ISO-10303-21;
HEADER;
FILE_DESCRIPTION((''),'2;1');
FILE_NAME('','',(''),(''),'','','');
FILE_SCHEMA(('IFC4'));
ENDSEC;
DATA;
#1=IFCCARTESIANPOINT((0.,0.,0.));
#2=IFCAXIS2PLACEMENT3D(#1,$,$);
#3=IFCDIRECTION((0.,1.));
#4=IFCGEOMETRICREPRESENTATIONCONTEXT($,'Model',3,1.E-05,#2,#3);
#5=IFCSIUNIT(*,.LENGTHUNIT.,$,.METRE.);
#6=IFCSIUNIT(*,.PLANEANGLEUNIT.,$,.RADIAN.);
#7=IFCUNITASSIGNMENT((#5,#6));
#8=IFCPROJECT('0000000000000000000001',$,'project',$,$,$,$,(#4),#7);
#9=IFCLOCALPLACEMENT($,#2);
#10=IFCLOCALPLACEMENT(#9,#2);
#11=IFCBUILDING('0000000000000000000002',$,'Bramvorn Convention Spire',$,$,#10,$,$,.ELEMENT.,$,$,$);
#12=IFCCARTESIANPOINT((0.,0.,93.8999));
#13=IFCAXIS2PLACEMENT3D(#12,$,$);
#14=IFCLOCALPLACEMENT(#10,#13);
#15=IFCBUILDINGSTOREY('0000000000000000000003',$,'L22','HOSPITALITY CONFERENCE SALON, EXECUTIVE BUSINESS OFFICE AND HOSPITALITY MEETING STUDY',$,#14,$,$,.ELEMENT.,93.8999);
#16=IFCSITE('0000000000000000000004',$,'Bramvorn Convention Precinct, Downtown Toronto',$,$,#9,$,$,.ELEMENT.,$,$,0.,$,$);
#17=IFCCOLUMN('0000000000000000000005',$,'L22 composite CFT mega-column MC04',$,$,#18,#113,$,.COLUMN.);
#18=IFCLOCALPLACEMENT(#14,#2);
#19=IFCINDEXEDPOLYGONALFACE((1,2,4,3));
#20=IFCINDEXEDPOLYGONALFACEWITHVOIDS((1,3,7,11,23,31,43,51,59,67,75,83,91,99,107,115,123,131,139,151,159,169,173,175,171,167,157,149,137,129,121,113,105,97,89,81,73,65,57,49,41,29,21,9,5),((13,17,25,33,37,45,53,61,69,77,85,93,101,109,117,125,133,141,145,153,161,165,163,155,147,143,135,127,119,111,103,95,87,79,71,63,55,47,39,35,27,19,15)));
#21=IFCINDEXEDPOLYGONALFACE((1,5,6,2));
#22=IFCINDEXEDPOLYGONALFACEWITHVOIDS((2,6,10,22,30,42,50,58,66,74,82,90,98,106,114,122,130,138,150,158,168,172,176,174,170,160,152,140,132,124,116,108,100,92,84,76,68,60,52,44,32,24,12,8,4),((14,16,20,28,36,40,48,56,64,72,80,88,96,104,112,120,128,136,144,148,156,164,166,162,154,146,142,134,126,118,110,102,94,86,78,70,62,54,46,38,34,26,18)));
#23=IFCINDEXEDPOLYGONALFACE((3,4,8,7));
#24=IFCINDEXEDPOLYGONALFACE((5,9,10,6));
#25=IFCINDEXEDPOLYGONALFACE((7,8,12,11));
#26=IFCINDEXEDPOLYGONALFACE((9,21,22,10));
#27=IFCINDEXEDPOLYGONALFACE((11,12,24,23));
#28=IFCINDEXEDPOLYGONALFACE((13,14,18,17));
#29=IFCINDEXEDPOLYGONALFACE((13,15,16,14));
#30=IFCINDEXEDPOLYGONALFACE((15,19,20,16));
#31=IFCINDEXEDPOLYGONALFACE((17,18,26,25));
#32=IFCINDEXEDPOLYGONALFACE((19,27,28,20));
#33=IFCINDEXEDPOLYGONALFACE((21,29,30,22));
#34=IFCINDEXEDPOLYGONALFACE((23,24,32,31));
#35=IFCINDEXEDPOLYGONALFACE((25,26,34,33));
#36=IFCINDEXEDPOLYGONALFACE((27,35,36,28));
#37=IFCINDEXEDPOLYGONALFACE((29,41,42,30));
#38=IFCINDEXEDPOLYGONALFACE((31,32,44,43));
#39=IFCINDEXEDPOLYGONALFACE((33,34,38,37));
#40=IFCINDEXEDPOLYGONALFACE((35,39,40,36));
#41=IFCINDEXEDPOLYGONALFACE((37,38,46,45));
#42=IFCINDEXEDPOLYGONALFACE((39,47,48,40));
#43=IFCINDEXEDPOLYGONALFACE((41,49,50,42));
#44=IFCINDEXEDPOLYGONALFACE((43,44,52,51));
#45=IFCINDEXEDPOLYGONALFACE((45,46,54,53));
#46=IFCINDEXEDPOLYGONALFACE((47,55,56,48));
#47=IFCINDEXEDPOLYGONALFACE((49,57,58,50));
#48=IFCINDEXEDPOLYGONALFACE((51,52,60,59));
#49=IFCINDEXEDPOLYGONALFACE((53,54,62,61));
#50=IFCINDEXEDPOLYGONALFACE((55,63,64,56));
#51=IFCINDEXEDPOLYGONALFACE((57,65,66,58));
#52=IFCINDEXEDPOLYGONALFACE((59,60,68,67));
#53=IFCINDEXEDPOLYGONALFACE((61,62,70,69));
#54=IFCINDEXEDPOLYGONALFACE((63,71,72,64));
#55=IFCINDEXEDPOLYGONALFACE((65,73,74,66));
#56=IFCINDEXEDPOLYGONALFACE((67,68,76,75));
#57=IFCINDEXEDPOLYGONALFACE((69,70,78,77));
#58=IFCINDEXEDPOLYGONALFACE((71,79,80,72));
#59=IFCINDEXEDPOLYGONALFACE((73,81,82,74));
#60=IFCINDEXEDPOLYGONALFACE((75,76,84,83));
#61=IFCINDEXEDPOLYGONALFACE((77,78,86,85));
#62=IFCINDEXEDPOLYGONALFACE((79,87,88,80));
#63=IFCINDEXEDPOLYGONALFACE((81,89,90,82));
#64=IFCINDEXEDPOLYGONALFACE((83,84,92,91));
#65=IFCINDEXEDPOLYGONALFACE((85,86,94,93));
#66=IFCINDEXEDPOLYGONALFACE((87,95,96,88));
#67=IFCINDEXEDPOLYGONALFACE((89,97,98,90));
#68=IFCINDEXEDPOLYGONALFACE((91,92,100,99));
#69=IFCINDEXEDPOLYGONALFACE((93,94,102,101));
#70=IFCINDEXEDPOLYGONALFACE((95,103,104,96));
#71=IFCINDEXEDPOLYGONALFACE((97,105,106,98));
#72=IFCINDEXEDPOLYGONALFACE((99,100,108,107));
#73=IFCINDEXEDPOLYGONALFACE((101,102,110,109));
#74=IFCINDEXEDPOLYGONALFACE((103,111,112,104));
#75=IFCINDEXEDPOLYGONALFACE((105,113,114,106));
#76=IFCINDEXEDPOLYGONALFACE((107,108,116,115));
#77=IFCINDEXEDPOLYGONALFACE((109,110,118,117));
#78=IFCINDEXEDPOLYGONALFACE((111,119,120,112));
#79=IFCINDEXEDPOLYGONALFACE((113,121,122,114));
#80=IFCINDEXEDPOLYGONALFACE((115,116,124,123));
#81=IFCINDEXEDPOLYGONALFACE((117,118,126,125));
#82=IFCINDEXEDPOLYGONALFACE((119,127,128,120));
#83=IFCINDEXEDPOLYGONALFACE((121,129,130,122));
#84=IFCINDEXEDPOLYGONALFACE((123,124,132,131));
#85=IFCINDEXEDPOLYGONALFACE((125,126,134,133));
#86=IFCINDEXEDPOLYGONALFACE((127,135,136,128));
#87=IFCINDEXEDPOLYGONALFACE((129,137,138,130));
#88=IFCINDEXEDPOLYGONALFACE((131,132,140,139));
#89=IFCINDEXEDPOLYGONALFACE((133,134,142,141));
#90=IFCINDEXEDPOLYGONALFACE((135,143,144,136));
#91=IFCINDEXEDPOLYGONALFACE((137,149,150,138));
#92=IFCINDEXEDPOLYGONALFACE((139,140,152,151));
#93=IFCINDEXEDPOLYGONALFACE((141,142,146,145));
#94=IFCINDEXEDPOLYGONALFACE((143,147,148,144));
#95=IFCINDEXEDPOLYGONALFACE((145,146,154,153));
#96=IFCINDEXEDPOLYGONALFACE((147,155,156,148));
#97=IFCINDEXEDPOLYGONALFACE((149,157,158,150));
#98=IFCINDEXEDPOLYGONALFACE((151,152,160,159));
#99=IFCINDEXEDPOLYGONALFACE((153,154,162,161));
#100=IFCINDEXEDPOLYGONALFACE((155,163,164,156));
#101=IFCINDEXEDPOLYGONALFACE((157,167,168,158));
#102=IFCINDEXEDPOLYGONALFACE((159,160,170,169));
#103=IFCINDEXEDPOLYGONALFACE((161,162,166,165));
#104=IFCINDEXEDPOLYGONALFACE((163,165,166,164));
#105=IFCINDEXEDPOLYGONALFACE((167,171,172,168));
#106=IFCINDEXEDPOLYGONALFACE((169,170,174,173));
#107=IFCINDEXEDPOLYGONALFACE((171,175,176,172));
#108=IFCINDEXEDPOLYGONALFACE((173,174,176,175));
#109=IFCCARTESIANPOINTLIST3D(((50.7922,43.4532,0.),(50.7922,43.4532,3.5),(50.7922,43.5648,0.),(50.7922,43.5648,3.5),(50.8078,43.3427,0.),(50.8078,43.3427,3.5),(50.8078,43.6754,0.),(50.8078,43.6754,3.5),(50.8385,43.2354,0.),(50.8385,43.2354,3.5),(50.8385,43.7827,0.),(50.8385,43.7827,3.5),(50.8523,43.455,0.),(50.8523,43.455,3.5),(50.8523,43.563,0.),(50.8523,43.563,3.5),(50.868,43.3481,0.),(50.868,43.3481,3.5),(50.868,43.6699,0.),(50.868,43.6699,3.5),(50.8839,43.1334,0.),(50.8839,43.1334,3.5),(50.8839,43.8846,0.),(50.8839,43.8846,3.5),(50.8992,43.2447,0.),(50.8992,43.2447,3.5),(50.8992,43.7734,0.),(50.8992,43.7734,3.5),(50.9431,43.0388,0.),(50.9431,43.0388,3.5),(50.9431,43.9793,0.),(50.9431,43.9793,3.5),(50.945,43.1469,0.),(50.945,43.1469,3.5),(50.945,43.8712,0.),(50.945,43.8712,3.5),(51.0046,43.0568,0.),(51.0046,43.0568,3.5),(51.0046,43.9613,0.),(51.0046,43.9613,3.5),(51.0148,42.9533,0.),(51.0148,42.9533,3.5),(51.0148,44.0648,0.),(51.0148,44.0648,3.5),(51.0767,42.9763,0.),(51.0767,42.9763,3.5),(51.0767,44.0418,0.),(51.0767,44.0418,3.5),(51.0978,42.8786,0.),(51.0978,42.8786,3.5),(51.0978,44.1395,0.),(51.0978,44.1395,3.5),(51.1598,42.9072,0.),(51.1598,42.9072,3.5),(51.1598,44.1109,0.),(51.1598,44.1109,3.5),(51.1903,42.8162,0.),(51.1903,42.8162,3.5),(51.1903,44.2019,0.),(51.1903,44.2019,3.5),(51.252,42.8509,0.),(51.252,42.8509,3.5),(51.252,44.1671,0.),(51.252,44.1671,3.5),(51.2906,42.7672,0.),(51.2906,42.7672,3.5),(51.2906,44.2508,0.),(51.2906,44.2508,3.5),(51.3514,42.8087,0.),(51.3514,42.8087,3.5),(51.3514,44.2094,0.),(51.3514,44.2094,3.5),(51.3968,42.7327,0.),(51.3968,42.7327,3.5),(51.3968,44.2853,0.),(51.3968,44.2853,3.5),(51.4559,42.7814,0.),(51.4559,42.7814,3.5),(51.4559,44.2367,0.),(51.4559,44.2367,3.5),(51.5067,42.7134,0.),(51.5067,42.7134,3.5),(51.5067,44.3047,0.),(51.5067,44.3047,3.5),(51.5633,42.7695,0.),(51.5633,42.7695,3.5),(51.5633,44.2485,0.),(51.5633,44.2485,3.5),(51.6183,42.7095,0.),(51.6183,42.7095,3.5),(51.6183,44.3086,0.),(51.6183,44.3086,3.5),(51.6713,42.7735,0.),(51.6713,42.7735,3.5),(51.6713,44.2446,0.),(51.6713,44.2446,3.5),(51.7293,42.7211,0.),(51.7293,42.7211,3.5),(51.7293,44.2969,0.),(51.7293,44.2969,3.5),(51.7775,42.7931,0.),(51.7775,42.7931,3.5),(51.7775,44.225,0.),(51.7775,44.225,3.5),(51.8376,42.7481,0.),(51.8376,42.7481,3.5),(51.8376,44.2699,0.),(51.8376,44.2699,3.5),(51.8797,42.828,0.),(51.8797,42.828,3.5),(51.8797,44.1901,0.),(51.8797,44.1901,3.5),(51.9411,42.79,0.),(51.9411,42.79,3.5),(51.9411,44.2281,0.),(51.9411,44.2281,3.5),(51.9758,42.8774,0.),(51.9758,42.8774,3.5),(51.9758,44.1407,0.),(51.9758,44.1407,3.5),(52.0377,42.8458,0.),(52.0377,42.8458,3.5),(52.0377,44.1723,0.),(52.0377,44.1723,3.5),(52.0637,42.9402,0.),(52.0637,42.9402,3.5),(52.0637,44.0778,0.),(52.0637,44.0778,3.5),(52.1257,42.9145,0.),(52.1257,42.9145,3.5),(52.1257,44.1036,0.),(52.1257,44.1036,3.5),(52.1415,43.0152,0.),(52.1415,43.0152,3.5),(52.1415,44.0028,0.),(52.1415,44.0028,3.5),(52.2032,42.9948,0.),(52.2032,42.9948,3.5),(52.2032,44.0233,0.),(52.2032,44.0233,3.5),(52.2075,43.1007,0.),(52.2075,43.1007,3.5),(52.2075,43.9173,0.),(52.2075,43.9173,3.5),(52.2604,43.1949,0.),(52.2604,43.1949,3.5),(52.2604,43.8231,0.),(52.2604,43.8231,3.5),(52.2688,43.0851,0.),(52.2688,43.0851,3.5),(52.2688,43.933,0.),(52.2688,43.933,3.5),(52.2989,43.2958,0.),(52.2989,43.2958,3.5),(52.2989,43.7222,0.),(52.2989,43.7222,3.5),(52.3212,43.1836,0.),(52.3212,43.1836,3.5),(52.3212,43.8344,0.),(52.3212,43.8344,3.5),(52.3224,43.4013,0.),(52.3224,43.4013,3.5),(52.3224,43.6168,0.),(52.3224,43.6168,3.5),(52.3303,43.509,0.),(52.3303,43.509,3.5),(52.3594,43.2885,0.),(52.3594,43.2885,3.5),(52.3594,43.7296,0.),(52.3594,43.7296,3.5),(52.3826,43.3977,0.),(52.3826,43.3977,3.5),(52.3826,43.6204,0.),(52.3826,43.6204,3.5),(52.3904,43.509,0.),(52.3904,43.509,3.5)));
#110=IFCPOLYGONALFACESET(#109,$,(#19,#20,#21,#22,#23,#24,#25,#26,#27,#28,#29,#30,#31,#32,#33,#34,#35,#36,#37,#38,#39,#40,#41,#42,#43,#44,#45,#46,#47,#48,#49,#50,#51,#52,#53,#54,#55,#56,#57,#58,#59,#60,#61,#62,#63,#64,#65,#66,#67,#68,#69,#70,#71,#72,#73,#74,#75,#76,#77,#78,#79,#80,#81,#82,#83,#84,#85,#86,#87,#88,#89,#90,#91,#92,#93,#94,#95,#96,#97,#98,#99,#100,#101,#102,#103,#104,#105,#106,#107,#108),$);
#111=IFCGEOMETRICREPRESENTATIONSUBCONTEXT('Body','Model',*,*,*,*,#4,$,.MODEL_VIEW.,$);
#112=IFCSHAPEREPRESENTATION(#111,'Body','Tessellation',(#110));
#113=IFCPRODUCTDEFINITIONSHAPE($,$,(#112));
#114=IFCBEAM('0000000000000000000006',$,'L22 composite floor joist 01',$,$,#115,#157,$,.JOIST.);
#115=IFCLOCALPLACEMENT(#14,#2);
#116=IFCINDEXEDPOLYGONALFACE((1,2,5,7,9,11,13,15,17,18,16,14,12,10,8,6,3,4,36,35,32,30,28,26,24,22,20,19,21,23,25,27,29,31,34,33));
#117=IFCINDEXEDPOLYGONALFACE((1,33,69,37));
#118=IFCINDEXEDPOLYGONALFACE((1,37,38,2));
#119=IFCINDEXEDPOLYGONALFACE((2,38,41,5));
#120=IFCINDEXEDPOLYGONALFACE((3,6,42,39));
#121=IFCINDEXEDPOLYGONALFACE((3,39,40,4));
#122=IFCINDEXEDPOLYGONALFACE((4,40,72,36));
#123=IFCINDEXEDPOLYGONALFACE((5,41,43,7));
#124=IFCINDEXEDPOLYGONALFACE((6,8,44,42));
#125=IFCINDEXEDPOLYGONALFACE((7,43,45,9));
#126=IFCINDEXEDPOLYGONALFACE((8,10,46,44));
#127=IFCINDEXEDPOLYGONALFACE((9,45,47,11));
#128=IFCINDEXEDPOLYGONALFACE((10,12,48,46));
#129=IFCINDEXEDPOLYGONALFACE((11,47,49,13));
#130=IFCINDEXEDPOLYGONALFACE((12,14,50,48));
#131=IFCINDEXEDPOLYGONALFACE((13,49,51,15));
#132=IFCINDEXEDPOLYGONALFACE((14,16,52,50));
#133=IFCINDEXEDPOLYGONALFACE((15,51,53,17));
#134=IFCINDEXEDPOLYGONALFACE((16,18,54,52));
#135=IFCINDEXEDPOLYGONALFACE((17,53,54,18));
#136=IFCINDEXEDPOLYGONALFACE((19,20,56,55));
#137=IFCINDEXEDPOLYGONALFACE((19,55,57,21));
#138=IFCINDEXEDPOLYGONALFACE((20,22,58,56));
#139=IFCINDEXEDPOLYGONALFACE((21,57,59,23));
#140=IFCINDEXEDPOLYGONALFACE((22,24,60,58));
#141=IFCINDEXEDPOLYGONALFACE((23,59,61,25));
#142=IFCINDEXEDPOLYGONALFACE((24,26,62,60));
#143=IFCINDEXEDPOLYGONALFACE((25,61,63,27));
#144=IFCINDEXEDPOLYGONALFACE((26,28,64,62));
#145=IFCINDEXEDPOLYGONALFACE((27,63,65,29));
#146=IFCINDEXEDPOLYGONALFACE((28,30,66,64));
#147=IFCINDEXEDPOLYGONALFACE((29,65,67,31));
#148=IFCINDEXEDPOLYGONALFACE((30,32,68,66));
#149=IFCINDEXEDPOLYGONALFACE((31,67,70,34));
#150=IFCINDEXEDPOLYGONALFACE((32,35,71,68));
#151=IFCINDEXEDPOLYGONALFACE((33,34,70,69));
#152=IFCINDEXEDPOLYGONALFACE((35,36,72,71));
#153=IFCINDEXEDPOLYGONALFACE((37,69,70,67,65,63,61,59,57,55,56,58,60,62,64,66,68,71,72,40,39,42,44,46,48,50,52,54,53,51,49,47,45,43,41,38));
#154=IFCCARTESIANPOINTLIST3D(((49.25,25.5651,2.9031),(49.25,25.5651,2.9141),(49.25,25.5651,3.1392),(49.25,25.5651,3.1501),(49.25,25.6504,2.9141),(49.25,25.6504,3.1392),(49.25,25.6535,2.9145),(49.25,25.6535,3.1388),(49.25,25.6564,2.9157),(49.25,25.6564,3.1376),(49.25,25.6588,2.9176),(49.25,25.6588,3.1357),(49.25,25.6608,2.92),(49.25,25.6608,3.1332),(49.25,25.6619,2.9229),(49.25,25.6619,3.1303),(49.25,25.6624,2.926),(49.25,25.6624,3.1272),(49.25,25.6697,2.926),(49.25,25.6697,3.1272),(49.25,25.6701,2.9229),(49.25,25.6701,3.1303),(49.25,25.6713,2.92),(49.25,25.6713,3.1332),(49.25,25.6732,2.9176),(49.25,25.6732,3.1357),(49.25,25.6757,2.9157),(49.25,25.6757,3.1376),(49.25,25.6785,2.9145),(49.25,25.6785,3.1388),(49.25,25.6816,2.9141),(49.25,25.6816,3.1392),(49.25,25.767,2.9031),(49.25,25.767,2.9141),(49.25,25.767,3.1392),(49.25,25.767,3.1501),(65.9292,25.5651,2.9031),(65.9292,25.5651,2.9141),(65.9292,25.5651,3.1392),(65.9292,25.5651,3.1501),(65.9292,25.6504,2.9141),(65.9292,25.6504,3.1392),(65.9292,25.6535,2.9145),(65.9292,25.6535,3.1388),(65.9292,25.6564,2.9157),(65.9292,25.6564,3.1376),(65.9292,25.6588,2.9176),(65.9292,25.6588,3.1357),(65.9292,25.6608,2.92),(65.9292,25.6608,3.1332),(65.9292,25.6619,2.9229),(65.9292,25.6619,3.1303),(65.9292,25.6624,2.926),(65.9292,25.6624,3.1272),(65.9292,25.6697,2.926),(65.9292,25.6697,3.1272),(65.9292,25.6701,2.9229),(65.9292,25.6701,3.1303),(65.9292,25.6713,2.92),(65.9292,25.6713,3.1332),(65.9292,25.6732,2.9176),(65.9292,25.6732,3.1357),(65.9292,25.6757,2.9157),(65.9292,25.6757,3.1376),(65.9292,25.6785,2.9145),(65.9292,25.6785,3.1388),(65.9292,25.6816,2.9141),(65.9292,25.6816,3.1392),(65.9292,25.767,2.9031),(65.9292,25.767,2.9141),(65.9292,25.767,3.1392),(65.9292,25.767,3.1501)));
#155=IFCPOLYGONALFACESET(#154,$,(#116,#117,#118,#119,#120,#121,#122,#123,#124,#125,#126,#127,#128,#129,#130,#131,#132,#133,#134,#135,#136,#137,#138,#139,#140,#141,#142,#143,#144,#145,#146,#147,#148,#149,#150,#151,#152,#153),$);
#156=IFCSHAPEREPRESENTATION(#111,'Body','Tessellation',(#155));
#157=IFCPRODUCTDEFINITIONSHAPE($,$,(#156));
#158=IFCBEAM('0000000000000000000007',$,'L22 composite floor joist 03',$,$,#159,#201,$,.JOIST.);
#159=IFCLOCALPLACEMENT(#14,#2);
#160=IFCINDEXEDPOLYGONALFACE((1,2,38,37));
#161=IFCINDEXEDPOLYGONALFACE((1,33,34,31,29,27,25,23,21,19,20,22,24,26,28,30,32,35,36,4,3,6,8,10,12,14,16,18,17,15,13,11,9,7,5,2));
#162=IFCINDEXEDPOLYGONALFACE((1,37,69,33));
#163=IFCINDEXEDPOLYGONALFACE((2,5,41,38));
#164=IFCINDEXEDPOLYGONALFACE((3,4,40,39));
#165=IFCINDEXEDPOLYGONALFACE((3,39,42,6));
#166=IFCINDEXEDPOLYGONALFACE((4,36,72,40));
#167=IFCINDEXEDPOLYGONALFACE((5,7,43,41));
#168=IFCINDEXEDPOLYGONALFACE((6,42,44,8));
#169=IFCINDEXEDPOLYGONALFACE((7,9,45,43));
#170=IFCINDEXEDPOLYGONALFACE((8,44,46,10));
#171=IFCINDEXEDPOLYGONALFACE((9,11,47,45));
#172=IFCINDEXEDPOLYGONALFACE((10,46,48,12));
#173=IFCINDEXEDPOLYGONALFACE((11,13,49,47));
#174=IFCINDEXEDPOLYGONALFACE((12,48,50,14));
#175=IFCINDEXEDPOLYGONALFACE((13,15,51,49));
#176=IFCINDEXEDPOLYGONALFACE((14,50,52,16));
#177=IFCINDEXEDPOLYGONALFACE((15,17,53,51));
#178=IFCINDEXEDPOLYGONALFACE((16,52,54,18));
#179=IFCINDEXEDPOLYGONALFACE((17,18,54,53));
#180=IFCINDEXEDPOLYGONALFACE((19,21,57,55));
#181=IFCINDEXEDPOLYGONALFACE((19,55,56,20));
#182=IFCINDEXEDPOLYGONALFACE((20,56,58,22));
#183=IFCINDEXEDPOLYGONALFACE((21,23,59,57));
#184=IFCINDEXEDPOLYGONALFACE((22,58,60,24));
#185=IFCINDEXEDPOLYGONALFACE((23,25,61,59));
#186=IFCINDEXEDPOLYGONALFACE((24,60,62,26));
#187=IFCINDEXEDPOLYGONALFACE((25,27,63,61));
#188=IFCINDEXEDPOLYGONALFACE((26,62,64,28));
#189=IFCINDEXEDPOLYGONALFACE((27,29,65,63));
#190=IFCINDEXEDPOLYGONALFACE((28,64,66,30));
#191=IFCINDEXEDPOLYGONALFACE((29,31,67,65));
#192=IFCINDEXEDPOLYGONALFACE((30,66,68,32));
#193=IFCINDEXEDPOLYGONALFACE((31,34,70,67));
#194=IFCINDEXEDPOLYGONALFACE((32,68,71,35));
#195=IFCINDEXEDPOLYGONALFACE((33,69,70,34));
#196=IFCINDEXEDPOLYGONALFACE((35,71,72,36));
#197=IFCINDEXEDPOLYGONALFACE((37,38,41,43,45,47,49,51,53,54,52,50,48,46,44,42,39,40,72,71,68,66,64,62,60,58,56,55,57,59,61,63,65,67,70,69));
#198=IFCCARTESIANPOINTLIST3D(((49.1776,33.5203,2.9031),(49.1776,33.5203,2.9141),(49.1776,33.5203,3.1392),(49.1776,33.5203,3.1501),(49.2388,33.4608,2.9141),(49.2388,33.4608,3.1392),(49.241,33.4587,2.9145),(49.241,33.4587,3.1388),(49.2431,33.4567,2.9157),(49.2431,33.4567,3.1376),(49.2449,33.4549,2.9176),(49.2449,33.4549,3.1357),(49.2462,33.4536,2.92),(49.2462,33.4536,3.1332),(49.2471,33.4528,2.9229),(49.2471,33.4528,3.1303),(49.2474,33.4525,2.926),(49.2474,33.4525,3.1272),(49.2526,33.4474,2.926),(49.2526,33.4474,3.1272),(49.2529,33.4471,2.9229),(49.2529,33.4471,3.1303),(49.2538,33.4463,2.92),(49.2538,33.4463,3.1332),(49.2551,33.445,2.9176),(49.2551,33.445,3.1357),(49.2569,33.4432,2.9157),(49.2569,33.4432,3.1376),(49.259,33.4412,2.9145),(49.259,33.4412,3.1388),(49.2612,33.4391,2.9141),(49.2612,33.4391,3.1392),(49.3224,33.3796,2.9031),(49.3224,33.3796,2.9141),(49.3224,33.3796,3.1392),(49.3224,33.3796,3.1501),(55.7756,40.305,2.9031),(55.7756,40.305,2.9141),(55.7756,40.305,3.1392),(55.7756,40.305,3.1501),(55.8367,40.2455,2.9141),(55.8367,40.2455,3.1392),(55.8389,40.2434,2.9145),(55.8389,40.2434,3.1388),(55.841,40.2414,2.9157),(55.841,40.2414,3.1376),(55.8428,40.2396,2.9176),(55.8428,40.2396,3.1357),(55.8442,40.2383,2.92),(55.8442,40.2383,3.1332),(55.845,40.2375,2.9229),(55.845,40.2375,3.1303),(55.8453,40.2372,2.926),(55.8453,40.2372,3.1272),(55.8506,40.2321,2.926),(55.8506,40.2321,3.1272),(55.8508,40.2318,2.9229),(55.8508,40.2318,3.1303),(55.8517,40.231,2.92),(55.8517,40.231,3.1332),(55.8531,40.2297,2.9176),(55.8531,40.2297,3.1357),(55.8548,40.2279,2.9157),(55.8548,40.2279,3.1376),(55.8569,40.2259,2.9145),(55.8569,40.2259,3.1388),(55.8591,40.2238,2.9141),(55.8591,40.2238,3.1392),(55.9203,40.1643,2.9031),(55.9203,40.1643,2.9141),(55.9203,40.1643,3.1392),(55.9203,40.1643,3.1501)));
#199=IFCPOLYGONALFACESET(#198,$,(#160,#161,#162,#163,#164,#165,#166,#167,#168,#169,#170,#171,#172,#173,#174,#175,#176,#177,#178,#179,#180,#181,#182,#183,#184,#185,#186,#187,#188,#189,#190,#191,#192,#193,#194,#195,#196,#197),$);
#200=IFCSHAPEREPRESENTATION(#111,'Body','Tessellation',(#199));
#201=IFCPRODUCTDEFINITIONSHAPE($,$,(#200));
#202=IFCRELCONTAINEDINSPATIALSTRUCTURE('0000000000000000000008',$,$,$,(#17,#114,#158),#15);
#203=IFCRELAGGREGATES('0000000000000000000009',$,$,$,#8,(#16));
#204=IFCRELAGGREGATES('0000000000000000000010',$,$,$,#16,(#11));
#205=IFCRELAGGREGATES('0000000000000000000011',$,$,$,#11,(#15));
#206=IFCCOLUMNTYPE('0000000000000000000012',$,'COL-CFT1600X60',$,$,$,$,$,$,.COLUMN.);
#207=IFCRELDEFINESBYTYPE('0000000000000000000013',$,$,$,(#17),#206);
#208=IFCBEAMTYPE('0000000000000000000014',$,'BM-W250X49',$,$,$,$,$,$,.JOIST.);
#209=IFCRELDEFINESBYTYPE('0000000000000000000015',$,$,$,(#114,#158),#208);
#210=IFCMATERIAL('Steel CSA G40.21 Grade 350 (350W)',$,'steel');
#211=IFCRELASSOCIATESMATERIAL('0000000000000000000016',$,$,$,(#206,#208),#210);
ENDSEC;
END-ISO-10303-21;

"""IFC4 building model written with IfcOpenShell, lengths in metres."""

from ifc_helpers import new_model, si_unit, direction, frame, origin, origin_2d, place, context, subcontext, project, spatial, hollow_circle, i_section, extrude, material, material_profile, profile_set, type_object, element, save


model = new_model("IFC4")

# Units and contexts
model_context = context("Model", 3, precision=1e-05, world=origin(), true_north=direction((0.0, 1.0)))
body_context = subcontext(model_context, "Body", "Model", "MODEL_VIEW")
ifc_project = project(units=[si_unit("LENGTHUNIT", "METRE"), si_unit("PLANEANGLEUNIT", "RADIAN")], contexts=[model_context])

# Site, building, storey
site_placement = place(None, origin())
site = spatial("IfcSite", under=ifc_project, at=site_placement, Name="Bramvorn Convention Precinct, Downtown Toronto", CompositionType="ELEMENT", RefElevation=0.0)
building_placement = place(site_placement, origin())
building = spatial("IfcBuilding", under=site, at=building_placement, Name="Bramvorn Convention Spire", CompositionType="ELEMENT")
storey_placement = place(building_placement, frame((0.0, 0.0, 93.8999)))
storey = spatial("IfcBuildingStorey", under=building, at=storey_placement, Name="L22", Description="HOSPITALITY CONFERENCE SALON, EXECUTIVE BUSINESS OFFICE AND HOSPITALITY MEETING STUDY", CompositionType="ELEMENT", Elevation=93.8999)

# Column
ifc_material_1 = material(Name="Steel CSA G40.21 Grade 350 (350W)", Category="steel")
ifc_material_profile_1 = material_profile(ifc_material_1, hollow_circle(Radius=0.8, WallThickness=0.0601, at=origin_2d()))
ifc_profile_set_1 = profile_set([ifc_material_profile_1], Name="Steel CSA G40.21 Grade 350 (350W) - CFT1600X60")
column_type = type_object("IfcColumnType", Name="COL-CFT1600X60", PredefinedType="COLUMN", material=ifc_profile_set_1)
for number, where, z_axis, x_axis, name in (
    (1, (51.5903, 43.509, 0.0), (0.0, 0.0, 1.0), (1.0, 0.0, 0.0), "L22 composite CFT mega-column MC04"),
):
    element("IfcColumn", number, at=place(storey_placement, frame(where, z_axis=z_axis, x_axis=x_axis)), inside=storey, type_object=column_type, Name=name, PredefinedType="COLUMN", context=body_context, shape_type="SweptSolid", body=[
        extrude(hollow_circle(Radius=0.8, WallThickness=0.0601, at=origin_2d()), origin(), (0.0, 0.0, 1.0), 3.5),
    ])

# Beams
ifc_material_profile_2 = material_profile(ifc_material_1, i_section(OverallWidth=0.2019, OverallDepth=0.2471, WebThickness=0.0073, FlangeThickness=0.011, FilletRadius=0.012, at=origin_2d()))
ifc_profile_set_2 = profile_set([ifc_material_profile_2], Name="Steel CSA G40.21 Grade 350 (350W) - W250X49")
beam_type_1 = type_object("IfcBeamType", Name="BM-W250X49", PredefinedType="JOIST", material=ifc_profile_set_2)
beam_1_placement = place(storey_placement, frame((49.25, 25.666, 3.0266), z_axis=(1.0, 0.0, 0.0), x_axis=(0.0, 1.0, 0.0)))
element("IfcBeam", 2, at=beam_1_placement, inside=storey, type_object=beam_type_1, Name="L22 composite floor joist 01", PredefinedType="JOIST", context=body_context, shape_type="SweptSolid", body=[
    extrude(i_section(OverallWidth=0.2019, OverallDepth=0.2471, WebThickness=0.0073, FlangeThickness=0.011, FilletRadius=0.012, at=origin_2d()), origin(), (0.0, 0.0, 1.0), 16.6792),
])
beam_2_placement = place(storey_placement, frame((49.25, 33.45, 3.0266), z_axis=(0.69717, 0.716905, 0.0), x_axis=(-0.716905, 0.69717, 0.0)))
element("IfcBeam", 3, at=beam_2_placement, inside=storey, type_object=beam_type_1, Name="L22 composite floor joist 03", PredefinedType="JOIST", context=body_context, shape_type="SweptSolid", body=[
    extrude(i_section(OverallWidth=0.2019, OverallDepth=0.2471, WebThickness=0.0073, FlangeThickness=0.011, FilletRadius=0.012, at=origin_2d()), origin(), (0.0, 0.0, 1.0), 9.4639),
])

save(model, "model.ifc")
